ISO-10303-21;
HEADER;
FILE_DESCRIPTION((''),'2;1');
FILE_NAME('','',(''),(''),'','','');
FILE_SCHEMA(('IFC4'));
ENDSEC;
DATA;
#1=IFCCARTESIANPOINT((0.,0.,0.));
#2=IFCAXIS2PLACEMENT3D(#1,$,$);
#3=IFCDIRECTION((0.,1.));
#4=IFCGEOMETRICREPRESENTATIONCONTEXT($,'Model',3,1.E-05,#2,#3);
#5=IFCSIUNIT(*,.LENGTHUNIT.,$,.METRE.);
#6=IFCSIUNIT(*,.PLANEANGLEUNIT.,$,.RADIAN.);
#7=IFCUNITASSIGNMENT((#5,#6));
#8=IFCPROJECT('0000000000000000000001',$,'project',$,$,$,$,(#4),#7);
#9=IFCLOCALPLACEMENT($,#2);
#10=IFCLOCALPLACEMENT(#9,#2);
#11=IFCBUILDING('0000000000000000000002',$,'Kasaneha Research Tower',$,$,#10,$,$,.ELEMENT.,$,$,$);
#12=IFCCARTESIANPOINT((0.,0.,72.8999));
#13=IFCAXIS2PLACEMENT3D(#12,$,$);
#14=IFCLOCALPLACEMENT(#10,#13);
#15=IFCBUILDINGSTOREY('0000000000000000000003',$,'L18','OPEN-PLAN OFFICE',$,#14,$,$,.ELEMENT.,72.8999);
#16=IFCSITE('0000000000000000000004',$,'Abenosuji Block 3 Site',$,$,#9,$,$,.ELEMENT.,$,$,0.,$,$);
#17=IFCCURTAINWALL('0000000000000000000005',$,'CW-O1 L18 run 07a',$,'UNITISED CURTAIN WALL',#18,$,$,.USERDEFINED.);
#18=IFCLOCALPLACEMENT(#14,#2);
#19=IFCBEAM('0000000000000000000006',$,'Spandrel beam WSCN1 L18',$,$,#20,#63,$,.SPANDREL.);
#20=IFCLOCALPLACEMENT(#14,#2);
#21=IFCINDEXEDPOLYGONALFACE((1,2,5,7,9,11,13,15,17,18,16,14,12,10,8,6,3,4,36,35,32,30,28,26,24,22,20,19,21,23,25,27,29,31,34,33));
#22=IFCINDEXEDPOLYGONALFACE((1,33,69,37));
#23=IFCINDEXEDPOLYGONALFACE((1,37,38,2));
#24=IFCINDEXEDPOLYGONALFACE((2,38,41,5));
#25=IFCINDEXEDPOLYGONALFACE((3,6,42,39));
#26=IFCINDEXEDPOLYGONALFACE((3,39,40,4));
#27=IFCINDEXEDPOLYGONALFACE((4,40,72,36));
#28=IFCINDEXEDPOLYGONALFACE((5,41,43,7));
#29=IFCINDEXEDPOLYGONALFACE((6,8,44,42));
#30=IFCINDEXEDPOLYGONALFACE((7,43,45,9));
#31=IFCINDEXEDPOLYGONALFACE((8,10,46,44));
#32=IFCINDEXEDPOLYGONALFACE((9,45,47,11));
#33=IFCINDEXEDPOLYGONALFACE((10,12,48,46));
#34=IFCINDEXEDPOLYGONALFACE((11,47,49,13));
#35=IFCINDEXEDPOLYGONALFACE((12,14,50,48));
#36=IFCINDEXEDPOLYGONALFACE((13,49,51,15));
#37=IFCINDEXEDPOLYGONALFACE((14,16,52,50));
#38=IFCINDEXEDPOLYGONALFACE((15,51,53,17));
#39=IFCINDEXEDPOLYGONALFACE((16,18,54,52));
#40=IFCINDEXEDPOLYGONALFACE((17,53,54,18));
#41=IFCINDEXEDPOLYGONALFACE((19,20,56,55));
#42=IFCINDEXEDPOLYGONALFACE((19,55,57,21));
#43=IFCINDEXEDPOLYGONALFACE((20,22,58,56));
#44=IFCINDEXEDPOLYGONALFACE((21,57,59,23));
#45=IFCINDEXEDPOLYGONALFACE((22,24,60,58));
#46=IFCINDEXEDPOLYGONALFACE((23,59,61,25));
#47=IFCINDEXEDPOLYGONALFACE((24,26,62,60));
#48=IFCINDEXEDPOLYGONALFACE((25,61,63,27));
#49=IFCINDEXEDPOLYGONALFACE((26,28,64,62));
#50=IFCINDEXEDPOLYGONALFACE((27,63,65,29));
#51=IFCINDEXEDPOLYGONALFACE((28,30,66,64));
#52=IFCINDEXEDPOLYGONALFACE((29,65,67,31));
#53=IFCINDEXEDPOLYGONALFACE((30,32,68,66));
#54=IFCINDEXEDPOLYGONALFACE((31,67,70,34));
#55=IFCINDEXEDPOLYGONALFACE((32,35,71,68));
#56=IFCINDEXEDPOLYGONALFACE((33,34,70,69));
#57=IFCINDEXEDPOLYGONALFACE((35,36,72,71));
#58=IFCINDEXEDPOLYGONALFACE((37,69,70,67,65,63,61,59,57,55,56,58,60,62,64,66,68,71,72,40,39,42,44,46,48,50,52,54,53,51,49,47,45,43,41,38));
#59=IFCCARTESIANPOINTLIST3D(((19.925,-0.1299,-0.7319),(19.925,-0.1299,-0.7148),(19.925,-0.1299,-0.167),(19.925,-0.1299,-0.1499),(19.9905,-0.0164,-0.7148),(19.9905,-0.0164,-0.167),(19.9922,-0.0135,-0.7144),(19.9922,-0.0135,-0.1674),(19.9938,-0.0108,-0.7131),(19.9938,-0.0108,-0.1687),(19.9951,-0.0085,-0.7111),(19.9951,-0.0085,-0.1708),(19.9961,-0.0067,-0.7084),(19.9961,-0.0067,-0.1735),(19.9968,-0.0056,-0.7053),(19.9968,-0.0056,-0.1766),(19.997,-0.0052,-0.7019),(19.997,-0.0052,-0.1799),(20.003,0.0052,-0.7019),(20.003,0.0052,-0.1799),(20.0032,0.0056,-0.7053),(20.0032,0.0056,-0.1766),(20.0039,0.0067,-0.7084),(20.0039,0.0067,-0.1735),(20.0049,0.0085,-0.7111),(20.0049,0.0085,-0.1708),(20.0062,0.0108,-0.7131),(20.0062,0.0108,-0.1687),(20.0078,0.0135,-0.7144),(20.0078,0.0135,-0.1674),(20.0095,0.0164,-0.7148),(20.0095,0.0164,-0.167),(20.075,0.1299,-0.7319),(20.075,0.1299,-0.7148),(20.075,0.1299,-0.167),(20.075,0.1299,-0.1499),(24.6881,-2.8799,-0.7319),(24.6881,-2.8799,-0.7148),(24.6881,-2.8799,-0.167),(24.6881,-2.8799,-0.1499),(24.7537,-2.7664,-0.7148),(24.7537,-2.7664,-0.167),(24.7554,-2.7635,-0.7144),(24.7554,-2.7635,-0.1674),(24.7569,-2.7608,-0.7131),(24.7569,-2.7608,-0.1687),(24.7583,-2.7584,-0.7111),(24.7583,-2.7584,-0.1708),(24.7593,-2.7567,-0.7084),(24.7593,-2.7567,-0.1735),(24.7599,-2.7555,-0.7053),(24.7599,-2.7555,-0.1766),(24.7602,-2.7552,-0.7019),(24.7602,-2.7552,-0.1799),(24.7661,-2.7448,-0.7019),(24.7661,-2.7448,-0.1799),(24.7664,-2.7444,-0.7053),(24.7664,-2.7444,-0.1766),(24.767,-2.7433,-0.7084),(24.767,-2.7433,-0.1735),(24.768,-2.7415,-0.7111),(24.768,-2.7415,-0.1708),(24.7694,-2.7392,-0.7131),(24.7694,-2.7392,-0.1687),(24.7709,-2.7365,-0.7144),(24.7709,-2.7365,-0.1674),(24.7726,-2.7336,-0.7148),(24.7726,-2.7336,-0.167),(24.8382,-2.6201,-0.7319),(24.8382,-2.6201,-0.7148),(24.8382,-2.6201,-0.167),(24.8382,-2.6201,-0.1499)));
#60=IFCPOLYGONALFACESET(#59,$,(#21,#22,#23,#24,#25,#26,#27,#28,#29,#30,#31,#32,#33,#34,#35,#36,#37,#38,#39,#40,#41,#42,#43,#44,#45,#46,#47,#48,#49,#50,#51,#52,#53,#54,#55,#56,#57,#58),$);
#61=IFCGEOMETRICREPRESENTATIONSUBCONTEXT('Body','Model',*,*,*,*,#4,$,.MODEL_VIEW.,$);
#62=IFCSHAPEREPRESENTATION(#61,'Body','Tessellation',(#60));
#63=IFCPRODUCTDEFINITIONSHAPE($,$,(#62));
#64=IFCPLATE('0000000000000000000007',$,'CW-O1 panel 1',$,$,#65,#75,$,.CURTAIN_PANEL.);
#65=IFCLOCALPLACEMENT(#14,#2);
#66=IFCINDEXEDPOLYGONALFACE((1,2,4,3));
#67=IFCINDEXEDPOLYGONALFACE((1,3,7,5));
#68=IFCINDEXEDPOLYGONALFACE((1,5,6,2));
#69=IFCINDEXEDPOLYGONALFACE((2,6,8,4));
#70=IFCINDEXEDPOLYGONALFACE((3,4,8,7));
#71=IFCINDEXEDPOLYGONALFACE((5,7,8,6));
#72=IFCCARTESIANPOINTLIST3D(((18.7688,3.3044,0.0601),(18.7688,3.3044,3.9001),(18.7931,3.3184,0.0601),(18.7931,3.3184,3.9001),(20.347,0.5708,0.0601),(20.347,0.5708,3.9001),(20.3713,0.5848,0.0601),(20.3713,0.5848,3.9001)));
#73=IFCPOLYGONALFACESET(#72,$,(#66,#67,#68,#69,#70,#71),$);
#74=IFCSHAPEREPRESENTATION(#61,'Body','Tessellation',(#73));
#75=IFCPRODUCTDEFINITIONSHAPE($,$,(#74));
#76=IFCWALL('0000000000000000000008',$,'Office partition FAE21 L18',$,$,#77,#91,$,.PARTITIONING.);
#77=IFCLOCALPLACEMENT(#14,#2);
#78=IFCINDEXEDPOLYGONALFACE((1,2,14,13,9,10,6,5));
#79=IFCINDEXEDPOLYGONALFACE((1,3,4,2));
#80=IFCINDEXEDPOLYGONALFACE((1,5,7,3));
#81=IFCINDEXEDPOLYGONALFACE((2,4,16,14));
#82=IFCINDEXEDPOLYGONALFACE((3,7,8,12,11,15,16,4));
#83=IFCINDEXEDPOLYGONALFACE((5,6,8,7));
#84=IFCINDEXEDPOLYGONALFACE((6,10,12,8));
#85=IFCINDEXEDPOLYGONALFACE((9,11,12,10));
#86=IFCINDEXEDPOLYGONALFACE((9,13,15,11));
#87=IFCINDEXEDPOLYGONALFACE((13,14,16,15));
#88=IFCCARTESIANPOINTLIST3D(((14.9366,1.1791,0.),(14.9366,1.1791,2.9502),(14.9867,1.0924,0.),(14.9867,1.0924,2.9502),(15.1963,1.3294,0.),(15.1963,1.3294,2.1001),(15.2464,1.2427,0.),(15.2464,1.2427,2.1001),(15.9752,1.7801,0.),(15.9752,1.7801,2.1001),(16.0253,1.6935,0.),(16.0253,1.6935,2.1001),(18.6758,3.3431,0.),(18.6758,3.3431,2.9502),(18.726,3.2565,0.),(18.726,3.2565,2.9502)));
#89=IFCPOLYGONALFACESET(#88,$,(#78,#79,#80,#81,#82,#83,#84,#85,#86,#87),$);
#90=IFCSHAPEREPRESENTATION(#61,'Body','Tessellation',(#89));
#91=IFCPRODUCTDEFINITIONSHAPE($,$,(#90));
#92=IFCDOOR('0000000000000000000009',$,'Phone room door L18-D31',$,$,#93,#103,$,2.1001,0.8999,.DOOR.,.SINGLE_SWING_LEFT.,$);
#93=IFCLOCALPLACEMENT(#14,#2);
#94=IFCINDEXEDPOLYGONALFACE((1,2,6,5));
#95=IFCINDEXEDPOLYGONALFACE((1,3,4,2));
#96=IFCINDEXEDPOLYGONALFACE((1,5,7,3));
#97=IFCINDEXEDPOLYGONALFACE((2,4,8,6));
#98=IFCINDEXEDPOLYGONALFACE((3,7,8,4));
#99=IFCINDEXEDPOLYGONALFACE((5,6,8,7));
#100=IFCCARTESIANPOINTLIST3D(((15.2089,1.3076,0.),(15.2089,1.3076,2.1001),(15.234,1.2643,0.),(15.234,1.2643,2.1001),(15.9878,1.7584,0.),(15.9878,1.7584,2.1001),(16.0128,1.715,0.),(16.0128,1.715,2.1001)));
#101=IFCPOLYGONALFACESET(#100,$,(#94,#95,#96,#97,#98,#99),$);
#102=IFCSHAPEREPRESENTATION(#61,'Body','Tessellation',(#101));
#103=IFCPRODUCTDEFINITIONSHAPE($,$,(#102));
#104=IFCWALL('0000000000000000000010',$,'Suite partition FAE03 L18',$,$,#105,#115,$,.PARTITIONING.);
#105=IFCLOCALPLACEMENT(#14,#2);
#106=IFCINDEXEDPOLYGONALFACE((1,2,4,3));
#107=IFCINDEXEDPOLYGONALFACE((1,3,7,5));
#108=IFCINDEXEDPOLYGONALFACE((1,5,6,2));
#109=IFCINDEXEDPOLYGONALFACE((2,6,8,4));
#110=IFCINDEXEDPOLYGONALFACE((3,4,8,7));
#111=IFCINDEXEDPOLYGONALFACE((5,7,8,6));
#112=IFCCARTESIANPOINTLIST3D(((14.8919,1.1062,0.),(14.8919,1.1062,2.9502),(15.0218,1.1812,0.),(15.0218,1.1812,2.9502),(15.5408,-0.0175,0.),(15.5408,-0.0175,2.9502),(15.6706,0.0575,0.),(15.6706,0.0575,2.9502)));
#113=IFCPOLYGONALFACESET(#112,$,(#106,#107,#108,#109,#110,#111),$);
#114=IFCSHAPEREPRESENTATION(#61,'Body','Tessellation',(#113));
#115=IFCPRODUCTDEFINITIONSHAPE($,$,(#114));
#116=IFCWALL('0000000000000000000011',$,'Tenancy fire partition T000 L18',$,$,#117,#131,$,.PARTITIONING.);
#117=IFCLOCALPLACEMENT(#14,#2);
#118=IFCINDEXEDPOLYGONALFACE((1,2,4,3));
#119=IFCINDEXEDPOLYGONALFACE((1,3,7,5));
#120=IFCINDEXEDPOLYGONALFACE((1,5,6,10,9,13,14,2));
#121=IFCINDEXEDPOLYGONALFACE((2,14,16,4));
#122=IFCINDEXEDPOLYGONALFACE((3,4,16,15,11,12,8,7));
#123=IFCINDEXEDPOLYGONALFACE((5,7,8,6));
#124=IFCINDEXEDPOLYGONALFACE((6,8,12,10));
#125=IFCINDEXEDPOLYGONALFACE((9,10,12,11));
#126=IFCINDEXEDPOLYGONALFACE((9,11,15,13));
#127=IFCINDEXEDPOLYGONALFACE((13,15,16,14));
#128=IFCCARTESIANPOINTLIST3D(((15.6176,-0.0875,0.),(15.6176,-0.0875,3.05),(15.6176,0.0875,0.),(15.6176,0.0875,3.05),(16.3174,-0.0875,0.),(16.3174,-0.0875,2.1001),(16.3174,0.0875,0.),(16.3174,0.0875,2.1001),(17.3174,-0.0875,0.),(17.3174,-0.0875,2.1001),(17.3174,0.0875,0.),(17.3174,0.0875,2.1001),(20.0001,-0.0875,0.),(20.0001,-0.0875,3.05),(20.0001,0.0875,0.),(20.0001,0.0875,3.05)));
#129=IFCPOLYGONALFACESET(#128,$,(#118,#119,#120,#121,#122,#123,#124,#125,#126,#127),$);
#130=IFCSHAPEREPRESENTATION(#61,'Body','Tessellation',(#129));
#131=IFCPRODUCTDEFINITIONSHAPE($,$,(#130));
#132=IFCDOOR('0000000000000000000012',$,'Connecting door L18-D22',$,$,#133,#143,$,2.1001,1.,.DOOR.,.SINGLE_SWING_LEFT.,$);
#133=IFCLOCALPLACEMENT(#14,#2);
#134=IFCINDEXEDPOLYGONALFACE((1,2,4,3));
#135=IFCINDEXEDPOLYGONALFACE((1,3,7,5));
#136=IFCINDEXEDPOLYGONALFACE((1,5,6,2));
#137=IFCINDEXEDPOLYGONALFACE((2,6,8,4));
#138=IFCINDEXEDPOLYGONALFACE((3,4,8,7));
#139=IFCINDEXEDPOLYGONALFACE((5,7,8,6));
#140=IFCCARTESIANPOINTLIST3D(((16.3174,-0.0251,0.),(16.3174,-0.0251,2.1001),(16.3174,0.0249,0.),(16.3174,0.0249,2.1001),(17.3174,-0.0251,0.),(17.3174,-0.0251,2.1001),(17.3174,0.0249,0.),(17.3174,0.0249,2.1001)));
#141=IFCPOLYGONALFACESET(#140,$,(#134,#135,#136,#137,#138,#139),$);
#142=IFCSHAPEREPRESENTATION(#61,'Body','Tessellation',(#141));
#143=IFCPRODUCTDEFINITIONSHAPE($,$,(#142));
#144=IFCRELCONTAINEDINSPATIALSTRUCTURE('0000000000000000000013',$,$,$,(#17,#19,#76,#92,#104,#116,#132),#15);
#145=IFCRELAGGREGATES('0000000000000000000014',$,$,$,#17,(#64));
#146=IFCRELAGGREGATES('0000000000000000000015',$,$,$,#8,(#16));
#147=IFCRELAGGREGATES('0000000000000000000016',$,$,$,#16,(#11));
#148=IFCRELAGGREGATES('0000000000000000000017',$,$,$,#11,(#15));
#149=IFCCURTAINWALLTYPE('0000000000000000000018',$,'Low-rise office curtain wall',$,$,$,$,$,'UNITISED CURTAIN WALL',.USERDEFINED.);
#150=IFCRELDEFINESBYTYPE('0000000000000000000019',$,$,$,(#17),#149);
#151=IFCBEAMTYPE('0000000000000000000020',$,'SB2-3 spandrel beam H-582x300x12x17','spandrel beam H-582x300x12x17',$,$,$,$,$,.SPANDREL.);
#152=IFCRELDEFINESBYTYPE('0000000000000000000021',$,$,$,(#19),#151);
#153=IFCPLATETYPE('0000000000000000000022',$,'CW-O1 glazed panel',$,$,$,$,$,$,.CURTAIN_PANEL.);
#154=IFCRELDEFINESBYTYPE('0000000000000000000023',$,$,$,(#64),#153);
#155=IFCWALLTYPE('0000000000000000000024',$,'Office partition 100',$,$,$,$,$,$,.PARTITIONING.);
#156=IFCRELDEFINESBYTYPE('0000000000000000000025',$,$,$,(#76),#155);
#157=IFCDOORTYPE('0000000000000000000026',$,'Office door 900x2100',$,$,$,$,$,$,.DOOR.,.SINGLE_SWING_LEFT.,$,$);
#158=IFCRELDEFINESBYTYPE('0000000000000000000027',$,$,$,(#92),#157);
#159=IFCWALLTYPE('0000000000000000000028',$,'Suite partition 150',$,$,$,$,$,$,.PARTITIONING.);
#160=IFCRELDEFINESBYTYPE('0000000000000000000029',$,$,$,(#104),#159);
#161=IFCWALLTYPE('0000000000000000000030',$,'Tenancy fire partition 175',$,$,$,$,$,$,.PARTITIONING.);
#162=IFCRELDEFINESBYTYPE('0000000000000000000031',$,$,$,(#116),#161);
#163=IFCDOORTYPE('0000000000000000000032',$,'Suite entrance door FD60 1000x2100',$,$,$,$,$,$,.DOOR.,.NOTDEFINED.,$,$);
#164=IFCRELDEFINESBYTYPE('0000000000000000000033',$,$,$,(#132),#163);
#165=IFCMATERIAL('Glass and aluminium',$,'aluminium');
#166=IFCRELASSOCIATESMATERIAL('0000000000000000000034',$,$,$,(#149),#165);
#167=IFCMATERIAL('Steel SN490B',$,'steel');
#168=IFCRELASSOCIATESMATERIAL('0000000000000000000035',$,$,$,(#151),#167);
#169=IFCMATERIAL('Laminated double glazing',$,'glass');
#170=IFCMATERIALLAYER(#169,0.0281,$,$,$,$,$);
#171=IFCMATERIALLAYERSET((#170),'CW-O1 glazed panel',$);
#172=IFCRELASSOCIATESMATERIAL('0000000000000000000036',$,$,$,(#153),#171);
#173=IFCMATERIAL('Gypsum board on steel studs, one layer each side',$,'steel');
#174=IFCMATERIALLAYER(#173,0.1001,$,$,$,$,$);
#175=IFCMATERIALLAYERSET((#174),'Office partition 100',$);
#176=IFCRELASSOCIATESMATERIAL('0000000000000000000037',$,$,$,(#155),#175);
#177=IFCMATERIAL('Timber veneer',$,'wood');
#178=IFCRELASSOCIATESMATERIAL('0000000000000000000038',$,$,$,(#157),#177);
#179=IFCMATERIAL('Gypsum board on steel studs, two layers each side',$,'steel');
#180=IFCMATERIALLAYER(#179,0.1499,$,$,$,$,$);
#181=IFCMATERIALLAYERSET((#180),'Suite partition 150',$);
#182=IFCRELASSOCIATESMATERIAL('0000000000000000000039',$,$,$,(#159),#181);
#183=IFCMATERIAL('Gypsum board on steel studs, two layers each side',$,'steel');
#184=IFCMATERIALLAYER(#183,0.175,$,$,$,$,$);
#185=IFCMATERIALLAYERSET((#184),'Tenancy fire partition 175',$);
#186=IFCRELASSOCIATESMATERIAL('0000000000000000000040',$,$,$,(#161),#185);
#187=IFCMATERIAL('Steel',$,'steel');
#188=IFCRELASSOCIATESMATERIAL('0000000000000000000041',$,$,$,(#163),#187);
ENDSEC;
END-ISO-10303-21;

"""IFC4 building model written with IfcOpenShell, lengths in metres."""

from ifc_helpers import new_model, si_unit, direction, frame, frame_2d, origin, origin_2d, place, context, subcontext, project, spatial, rectangle, i_section, extrude, material, layer, layer_set, material_profile, profile_set, type_object, element, fill, aggregate, save


model = new_model("IFC4")

# Units and contexts
model_context = context("Model", 3, precision=1e-05, world=origin(), true_north=direction((0.0, 1.0)))
body_context = subcontext(model_context, "Body", "Model", "MODEL_VIEW")
ifc_project = project(units=[si_unit("LENGTHUNIT", "METRE"), si_unit("PLANEANGLEUNIT", "RADIAN")], contexts=[model_context])

# Site, building, storey
site_placement = place(None, origin())
site = spatial("IfcSite", under=ifc_project, at=site_placement, Name="Abenosuji Block 3 Site", CompositionType="ELEMENT", RefElevation=0.0)
building_placement = place(site_placement, origin())
building = spatial("IfcBuilding", under=site, at=building_placement, Name="Kasaneha Research Tower", CompositionType="ELEMENT")
storey_placement = place(building_placement, frame((0.0, 0.0, 72.8999)))
storey = spatial("IfcBuildingStorey", under=building, at=storey_placement, Name="L18", Description="OPEN-PLAN OFFICE", CompositionType="ELEMENT", Elevation=72.8999)

# Shared definitions
ifc_material_1 = material(Name="Glass and aluminium", Category="aluminium")
curtain_wall_type = type_object("IfcCurtainWallType", Name="Low-rise office curtain wall", ElementType="UNITISED CURTAIN WALL", PredefinedType="USERDEFINED", material=ifc_material_1)

# Curtain wall
curtain_wall_1_placement = place(storey_placement, origin())
curtain_wall_1 = element("IfcCurtainWall", 1, at=curtain_wall_1_placement, inside=storey, type_object=curtain_wall_type, Name="CW-O1 L18 run 07a", ObjectType="UNITISED CURTAIN WALL", PredefinedType="USERDEFINED")

# Beam
ifc_material_2 = material(Name="Steel SN490B", Category="steel")
ifc_material_profile_1 = material_profile(ifc_material_2, i_section(OverallWidth=0.3, OverallDepth=0.582, WebThickness=0.012, FlangeThickness=0.0171, FilletRadius=0.0129, at=origin_2d()), Name="H-582x300x12x17")
ifc_profile_set_1 = profile_set([ifc_material_profile_1], Name="Steel SN490B")
beam_type_1 = type_object("IfcBeamType", Name="SB2-3 spandrel beam H-582x300x12x17", Description="spandrel beam H-582x300x12x17", PredefinedType="SPANDREL", material=ifc_profile_set_1)
beam_1_placement = place(storey_placement, frame((20.0, 0.0, -0.4409), z_axis=(0.866027, -0.499997, 0.0), x_axis=(0.499997, 0.866027, 0.0)))
element("IfcBeam", 2, at=beam_1_placement, inside=storey, type_object=beam_type_1, Name="Spandrel beam WSCN1 L18", PredefinedType="SPANDREL", context=body_context, shape_type="SweptSolid", body=[
    extrude(i_section(OverallWidth=0.3, OverallDepth=0.582, WebThickness=0.012, FlangeThickness=0.0171, FilletRadius=0.0129, at=origin_2d()), origin(), (0.0, 0.0, 1.0), 5.5),
])

# Plate
ifc_material_3 = material(Name="Laminated double glazing", Category="glass")
ifc_layer_1 = layer(ifc_material_3, 0.0281)
ifc_layer_set_1 = layer_set([ifc_layer_1], Name="CW-O1 glazed panel")
plate_type = type_object("IfcPlateType", Name="CW-O1 glazed panel", PredefinedType="CURTAIN_PANEL", material=ifc_layer_set_1)
plate_placement = place(storey_placement, frame((19.5701, 1.9446, 0.0601), z_axis=(0.0, 0.0, 1.0), x_axis=(-0.5, 0.866025, 0.0)))
plate = element("IfcPlate", 3, at=plate_placement, type_object=plate_type, Name="CW-O1 panel 1", PredefinedType="CURTAIN_PANEL", context=body_context, shape_type="SweptSolid", body=[
    extrude(rectangle(XDim=3.1565, YDim=0.0281, at=origin_2d()), origin(), (0.0, 0.0, 1.0), 3.8401),
])
aggregate(curtain_wall_1, [plate])

# Wall, opening, door
ifc_material_4 = material(Name="Gypsum board on steel studs, one layer each side", Category="steel")
ifc_layer_2 = layer(ifc_material_4, 0.1001)
ifc_layer_set_2 = layer_set([ifc_layer_2], Name="Office partition 100")
wall_type_1 = type_object("IfcWallType", Name="Office partition 100", PredefinedType="PARTITIONING", material=ifc_layer_set_2)
wall_1_placement = place(storey_placement, frame((14.9617, 1.1357, 0.0), z_axis=(0.0, 0.0, 1.0), x_axis=(0.865504, 0.500903, 0.0)))
wall_1 = element("IfcWall", 4, at=wall_1_placement, inside=storey, type_object=wall_type_1, Name="Office partition FAE21 L18", PredefinedType="PARTITIONING", context=body_context, shape_type="SweptSolid", body=[
    extrude(rectangle(XDim=4.3203, YDim=0.1001, at=frame_2d((2.1602, 0.0))), origin(), (0.0, 0.0, 1.0), 2.9502),
])
opening_1_placement = place(wall_1_placement, frame((0.3, 0.0, 0.0)))
opening_1 = element("IfcOpeningElement", 5, at=opening_1_placement, cuts=wall_1, PredefinedType="OPENING", context=body_context, shape_type="SweptSolid", body=[
    extrude(rectangle(XDim=0.8999, YDim=2.1001, at=frame_2d((0.45, 1.05))), frame((0.0, 0.0601, 0.0), z_axis=(0.0, -1.0, 0.0), x_axis=(1.0, 0.0, 0.0)), (0.0, 0.0, 1.0), 0.1201),
])
ifc_material_5 = material(Name="Timber veneer", Category="wood")
door_type_1 = type_object("IfcDoorType", Name="Office door 900x2100", OperationType="SINGLE_SWING_LEFT", PredefinedType="DOOR", material=ifc_material_5)
door_1_placement = place(opening_1_placement, origin())
door_1 = element("IfcDoor", 6, at=door_1_placement, inside=storey, type_object=door_type_1, Name="Phone room door L18-D31", OperationType="SINGLE_SWING_LEFT", OverallHeight=2.1001, OverallWidth=0.8999, PredefinedType="DOOR", context=body_context, shape_type="SweptSolid", body=[
    extrude(rectangle(XDim=0.8999, YDim=2.1001, at=frame_2d((0.45, 1.05))), frame((0.0, 0.0249, 0.0), z_axis=(0.0, -1.0, 0.0), x_axis=(1.0, 0.0, 0.0)), (0.0, 0.0, 1.0), 0.05),
])
fill(opening_1, door_1)

# Wall
ifc_material_6 = material(Name="Gypsum board on steel studs, two layers each side", Category="steel")
ifc_layer_3 = layer(ifc_material_6, 0.1499)
ifc_layer_set_3 = layer_set([ifc_layer_3], Name="Suite partition 150")
wall_type_2 = type_object("IfcWallType", Name="Suite partition 150", PredefinedType="PARTITIONING", material=ifc_layer_set_3)
wall_2_placement = place(storey_placement, frame((14.9568, 1.1438, 0.0), z_axis=(0.0, 0.0, 1.0), x_axis=(0.500064, -0.865988, 0.0)))
element("IfcWall", 7, at=wall_2_placement, inside=storey, type_object=wall_type_2, Name="Suite partition FAE03 L18", PredefinedType="PARTITIONING", context=body_context, shape_type="SweptSolid", body=[
    extrude(rectangle(XDim=1.2976, YDim=0.1499, at=frame_2d((0.6489, 0.0))), origin(), (0.0, 0.0, 1.0), 2.9502),
])

# Wall, opening, door
ifc_material_7 = material(Name="Gypsum board on steel studs, two layers each side", Category="steel")
ifc_layer_4 = layer(ifc_material_7, 0.175)
ifc_layer_set_4 = layer_set([ifc_layer_4], Name="Tenancy fire partition 175")
wall_type_3 = type_object("IfcWallType", Name="Tenancy fire partition 175", PredefinedType="PARTITIONING", material=ifc_layer_set_4)
wall_3_placement = place(storey_placement, frame((15.6174, 0.0, 0.0), z_axis=(0.0, 0.0, 1.0), x_axis=(1.0, 0.0, 0.0)))
wall_3 = element("IfcWall", 8, at=wall_3_placement, inside=storey, type_object=wall_type_3, Name="Tenancy fire partition T000 L18", PredefinedType="PARTITIONING", context=body_context, shape_type="SweptSolid", body=[
    extrude(rectangle(XDim=4.3826, YDim=0.175, at=frame_2d((2.1914, 0.0))), origin(), (0.0, 0.0, 1.0), 3.05),
])
opening_2_placement = place(wall_3_placement, frame((0.7, 0.0, 0.0)))
opening_2 = element("IfcOpeningElement", 9, at=opening_2_placement, cuts=wall_3, PredefinedType="OPENING", context=body_context, shape_type="SweptSolid", body=[
    extrude(rectangle(XDim=1.0, YDim=2.1001, at=frame_2d((0.5, 1.05))), frame((0.0, 0.0977, 0.0), z_axis=(0.0, -1.0, 0.0), x_axis=(1.0, 0.0, 0.0)), (0.0, 0.0, 1.0), 0.1951),
])
ifc_material_8 = material(Name="Steel", Category="steel")
door_type_2 = type_object("IfcDoorType", Name="Suite entrance door FD60 1000x2100", OperationType="NOTDEFINED", PredefinedType="DOOR", material=ifc_material_8)
door_2_placement = place(opening_2_placement, origin())
door_2 = element("IfcDoor", 10, at=door_2_placement, inside=storey, type_object=door_type_2, Name="Connecting door L18-D22", OperationType="SINGLE_SWING_LEFT", OverallHeight=2.1001, OverallWidth=1.0, PredefinedType="DOOR", context=body_context, shape_type="SweptSolid", body=[
    extrude(rectangle(XDim=1.0, YDim=2.1001, at=frame_2d((0.5, 1.05))), frame((0.0, 0.0249, 0.0), z_axis=(0.0, -1.0, 0.0), x_axis=(1.0, 0.0, 0.0)), (0.0, 0.0, 1.0), 0.05),
])
fill(opening_2, door_2)

save(model, "model.ifc")
